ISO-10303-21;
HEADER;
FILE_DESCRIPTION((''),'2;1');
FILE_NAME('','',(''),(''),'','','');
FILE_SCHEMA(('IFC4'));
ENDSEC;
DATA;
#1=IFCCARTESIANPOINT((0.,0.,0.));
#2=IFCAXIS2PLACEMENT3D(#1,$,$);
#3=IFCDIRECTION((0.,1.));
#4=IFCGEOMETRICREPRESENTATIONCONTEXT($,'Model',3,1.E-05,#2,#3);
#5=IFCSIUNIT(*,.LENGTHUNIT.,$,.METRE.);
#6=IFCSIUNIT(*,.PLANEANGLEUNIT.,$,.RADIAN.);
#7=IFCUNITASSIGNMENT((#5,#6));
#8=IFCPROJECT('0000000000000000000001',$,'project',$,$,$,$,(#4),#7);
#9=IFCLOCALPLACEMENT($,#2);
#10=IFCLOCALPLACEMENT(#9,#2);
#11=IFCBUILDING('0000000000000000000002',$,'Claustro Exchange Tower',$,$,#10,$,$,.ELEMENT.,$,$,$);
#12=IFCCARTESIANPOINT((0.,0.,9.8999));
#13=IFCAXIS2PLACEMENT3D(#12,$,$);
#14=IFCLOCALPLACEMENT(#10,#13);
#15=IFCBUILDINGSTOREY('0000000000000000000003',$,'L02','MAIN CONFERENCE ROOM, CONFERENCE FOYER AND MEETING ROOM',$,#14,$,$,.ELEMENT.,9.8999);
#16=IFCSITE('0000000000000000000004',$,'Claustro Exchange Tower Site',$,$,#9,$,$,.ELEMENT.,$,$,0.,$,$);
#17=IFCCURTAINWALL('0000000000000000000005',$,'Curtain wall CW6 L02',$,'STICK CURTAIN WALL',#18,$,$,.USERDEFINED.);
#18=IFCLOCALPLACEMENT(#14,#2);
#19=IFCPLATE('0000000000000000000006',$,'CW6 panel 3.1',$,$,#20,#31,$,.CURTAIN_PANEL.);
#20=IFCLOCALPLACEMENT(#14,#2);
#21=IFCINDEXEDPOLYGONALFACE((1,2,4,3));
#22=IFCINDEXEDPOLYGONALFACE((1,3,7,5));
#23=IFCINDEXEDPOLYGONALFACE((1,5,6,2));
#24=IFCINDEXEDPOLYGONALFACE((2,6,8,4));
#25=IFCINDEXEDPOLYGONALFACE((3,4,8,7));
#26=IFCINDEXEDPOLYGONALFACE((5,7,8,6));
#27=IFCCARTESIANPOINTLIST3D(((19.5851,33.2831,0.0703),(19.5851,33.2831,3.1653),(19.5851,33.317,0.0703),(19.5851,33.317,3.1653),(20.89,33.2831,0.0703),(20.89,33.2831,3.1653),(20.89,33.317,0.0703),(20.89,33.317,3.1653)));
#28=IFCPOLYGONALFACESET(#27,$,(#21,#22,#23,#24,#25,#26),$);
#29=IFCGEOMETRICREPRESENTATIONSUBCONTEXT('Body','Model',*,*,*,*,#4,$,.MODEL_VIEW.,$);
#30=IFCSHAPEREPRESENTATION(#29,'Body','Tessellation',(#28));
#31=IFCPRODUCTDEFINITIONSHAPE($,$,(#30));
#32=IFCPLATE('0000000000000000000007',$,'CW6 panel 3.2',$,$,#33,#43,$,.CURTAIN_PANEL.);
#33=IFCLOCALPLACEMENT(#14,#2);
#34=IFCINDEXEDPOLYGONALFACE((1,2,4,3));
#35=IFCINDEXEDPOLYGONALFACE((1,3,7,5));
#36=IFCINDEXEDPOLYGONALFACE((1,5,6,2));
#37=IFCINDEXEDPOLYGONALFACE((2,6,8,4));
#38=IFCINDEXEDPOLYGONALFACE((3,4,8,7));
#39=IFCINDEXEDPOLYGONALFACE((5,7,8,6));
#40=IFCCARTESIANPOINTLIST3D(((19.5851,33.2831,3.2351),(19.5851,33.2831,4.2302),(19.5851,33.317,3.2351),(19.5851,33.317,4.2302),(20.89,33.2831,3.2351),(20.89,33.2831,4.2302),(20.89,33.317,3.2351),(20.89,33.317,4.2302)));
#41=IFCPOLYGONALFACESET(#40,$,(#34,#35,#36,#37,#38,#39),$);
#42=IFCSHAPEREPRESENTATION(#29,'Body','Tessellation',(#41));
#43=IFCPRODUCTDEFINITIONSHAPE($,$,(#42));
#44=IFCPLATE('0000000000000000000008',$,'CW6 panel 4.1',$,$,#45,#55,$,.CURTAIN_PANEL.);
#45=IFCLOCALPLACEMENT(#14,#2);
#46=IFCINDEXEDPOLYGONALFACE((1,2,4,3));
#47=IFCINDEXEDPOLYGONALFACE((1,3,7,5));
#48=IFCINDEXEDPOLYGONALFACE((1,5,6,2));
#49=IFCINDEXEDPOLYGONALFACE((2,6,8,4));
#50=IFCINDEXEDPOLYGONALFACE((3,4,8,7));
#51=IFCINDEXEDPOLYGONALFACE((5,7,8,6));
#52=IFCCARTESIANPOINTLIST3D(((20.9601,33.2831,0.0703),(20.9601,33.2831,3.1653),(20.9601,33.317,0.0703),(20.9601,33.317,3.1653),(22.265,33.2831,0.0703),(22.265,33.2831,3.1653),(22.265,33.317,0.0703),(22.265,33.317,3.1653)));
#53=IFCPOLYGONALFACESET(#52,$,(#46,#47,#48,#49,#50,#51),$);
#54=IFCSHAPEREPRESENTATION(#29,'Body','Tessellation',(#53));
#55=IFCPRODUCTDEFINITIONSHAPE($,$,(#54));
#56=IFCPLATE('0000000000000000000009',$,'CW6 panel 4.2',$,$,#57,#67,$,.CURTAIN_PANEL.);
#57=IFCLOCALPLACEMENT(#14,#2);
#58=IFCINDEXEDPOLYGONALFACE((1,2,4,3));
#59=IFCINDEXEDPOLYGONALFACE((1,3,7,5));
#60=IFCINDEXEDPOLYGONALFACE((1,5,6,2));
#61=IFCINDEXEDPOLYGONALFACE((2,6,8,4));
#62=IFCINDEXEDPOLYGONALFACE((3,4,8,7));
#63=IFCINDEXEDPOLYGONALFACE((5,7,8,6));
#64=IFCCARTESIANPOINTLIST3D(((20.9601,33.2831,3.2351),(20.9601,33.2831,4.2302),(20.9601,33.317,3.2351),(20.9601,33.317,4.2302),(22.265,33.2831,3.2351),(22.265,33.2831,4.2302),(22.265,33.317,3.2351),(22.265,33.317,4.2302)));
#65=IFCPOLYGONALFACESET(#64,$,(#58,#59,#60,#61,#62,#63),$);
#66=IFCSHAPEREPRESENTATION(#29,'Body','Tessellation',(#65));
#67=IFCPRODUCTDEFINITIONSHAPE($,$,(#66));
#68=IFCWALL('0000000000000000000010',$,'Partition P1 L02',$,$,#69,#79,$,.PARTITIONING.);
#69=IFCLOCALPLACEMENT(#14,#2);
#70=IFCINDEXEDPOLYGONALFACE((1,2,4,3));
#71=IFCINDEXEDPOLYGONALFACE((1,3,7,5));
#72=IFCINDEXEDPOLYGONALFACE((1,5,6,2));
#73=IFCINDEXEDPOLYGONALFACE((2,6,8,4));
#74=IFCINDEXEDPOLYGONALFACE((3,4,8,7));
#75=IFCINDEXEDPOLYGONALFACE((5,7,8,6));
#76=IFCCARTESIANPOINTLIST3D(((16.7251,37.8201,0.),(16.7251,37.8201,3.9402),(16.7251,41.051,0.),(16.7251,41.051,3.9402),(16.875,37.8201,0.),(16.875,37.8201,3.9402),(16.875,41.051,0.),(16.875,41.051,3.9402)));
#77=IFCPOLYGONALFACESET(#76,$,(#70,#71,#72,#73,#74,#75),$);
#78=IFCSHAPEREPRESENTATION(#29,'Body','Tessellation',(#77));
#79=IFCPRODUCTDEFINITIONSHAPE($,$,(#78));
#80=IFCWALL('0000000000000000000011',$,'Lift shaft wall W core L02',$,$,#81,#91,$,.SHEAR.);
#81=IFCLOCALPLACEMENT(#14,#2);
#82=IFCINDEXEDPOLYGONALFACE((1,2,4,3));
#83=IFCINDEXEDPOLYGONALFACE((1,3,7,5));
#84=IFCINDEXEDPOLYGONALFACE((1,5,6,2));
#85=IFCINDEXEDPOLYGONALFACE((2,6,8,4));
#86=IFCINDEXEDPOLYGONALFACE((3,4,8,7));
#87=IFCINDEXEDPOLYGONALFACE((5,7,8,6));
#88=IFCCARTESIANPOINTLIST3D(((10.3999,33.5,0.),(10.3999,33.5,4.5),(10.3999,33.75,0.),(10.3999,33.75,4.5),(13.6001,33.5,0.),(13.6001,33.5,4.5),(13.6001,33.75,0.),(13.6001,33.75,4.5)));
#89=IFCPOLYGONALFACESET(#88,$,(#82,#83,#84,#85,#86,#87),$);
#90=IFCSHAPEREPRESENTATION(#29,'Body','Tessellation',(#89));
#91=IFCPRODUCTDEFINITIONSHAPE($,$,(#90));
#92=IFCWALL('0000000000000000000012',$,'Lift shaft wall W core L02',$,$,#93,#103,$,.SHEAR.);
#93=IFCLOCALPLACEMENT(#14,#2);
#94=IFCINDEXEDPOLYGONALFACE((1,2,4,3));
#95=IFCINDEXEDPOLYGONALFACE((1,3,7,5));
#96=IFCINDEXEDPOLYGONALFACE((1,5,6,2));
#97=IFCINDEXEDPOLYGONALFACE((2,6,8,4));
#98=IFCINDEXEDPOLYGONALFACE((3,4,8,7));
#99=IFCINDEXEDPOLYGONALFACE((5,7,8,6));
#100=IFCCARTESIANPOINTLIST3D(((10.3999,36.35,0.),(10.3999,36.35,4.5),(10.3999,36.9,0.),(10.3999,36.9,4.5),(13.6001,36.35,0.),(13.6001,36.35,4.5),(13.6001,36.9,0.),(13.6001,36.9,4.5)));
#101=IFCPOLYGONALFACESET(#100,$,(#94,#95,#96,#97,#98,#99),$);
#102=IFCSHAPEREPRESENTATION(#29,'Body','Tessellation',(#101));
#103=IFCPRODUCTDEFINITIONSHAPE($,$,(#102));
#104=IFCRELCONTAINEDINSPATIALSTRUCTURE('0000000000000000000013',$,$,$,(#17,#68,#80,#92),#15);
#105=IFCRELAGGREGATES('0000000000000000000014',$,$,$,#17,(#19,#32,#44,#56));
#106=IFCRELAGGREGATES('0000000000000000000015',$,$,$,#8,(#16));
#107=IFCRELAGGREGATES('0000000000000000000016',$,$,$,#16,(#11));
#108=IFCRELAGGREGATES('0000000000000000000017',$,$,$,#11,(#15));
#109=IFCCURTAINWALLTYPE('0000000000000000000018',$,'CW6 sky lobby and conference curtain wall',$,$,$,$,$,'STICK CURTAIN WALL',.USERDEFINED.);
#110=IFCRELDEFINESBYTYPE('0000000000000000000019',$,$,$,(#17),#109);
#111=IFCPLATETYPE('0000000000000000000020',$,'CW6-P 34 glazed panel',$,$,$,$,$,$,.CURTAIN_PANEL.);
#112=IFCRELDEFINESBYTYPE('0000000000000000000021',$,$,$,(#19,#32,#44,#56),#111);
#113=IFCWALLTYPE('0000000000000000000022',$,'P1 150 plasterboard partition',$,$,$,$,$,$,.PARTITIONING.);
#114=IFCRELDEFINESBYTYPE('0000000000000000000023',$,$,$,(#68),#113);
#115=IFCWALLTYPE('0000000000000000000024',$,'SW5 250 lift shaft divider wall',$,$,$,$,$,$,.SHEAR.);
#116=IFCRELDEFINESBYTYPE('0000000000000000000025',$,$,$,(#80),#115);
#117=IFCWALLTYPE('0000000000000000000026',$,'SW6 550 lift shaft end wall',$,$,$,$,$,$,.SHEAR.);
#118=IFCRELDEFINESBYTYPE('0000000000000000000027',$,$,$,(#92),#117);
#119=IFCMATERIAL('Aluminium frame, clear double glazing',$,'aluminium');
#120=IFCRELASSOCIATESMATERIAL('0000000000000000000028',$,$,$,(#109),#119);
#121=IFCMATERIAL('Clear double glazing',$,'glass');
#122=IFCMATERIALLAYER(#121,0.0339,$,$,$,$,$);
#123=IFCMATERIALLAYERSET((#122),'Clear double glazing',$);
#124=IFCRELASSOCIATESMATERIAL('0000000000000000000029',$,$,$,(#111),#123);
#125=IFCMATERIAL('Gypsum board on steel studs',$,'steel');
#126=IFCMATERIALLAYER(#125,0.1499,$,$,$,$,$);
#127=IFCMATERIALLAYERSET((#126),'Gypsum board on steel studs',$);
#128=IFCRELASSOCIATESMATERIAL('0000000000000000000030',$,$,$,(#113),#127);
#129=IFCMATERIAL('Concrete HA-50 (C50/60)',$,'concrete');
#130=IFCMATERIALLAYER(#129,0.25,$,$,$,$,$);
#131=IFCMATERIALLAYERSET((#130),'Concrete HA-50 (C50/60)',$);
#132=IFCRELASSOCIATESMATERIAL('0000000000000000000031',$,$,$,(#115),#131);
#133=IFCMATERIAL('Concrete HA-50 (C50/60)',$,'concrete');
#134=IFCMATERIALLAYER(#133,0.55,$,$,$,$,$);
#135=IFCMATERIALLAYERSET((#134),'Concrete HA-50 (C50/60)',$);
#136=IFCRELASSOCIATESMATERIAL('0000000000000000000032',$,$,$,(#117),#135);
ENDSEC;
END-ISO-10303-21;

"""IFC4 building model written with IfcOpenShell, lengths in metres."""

from ifc_helpers import new_model, si_unit, direction, frame, frame_2d, origin, origin_2d, place, context, subcontext, project, spatial, rectangle, extrude, material, layer, layer_set, type_object, element, aggregate, save


model = new_model("IFC4")

# Units and contexts
model_context = context("Model", 3, precision=1e-05, world=origin(), true_north=direction((0.0, 1.0)))
body_context = subcontext(model_context, "Body", "Model", "MODEL_VIEW")
ifc_project = project(units=[si_unit("LENGTHUNIT", "METRE"), si_unit("PLANEANGLEUNIT", "RADIAN")], contexts=[model_context])

# Site, building, storey
site_placement = place(None, origin())
site = spatial("IfcSite", under=ifc_project, at=site_placement, Name="Claustro Exchange Tower Site", CompositionType="ELEMENT", RefElevation=0.0)
building_placement = place(site_placement, origin())
building = spatial("IfcBuilding", under=site, at=building_placement, Name="Claustro Exchange Tower", CompositionType="ELEMENT")
storey_placement = place(building_placement, frame((0.0, 0.0, 9.8999)))
storey = spatial("IfcBuildingStorey", under=building, at=storey_placement, Name="L02", Description="MAIN CONFERENCE ROOM, CONFERENCE FOYER AND MEETING ROOM", CompositionType="ELEMENT", Elevation=9.8999)

# Curtain wall, plates
ifc_material_1 = material(Name="Aluminium frame, clear double glazing", Category="aluminium")
curtain_wall_type = type_object("IfcCurtainWallType", Name="CW6 sky lobby and conference curtain wall", ElementType="STICK CURTAIN WALL", PredefinedType="USERDEFINED", material=ifc_material_1)
curtain_wall_placement = place(storey_placement, origin())
curtain_wall = element("IfcCurtainWall", 1, at=curtain_wall_placement, inside=storey, type_object=curtain_wall_type, Name="Curtain wall CW6 L02", ObjectType="STICK CURTAIN WALL", PredefinedType="USERDEFINED")
ifc_material_2 = material(Name="Clear double glazing", Category="glass")
ifc_layer_1 = layer(ifc_material_2, 0.0339)
ifc_layer_set_1 = layer_set([ifc_layer_1], Name="Clear double glazing")
plate_type = type_object("IfcPlateType", Name="CW6-P 34 glazed panel", PredefinedType="CURTAIN_PANEL", material=ifc_layer_set_1)
plate_1_placement = place(storey_placement, frame((20.2375, 33.3, 0.0703), z_axis=(0.0, 0.0, 1.0), x_axis=(1.0, 0.0, 0.0)))
plate_1 = element("IfcPlate", 2, at=plate_1_placement, type_object=plate_type, Name="CW6 panel 3.1", PredefinedType="CURTAIN_PANEL", context=body_context, shape_type="SweptSolid", body=[
    extrude(rectangle(XDim=1.3049, YDim=0.0339, at=origin_2d()), origin(), (0.0, 0.0, 1.0), 3.095),
])
plate_2_placement = place(storey_placement, frame((20.2375, 33.3, 3.2351), z_axis=(0.0, 0.0, 1.0), x_axis=(1.0, 0.0, 0.0)))
plate_2 = element("IfcPlate", 3, at=plate_2_placement, type_object=plate_type, Name="CW6 panel 3.2", PredefinedType="CURTAIN_PANEL", context=body_context, shape_type="SweptSolid", body=[
    extrude(rectangle(XDim=1.3049, YDim=0.0339, at=origin_2d()), origin(), (0.0, 0.0, 1.0), 0.9951),
])
plate_3_placement = place(storey_placement, frame((21.6125, 33.3, 0.0703), z_axis=(0.0, 0.0, 1.0), x_axis=(1.0, 0.0, 0.0)))
plate_3 = element("IfcPlate", 4, at=plate_3_placement, type_object=plate_type, Name="CW6 panel 4.1", PredefinedType="CURTAIN_PANEL", context=body_context, shape_type="SweptSolid", body=[
    extrude(rectangle(XDim=1.3049, YDim=0.0339, at=origin_2d()), origin(), (0.0, 0.0, 1.0), 3.095),
])
plate_4_placement = place(storey_placement, frame((21.6125, 33.3, 3.2351), z_axis=(0.0, 0.0, 1.0), x_axis=(1.0, 0.0, 0.0)))
plate_4 = element("IfcPlate", 5, at=plate_4_placement, type_object=plate_type, Name="CW6 panel 4.2", PredefinedType="CURTAIN_PANEL", context=body_context, shape_type="SweptSolid", body=[
    extrude(rectangle(XDim=1.3049, YDim=0.0339, at=origin_2d()), origin(), (0.0, 0.0, 1.0), 0.9951),
])
aggregate(curtain_wall, [plate_1, plate_2, plate_3, plate_4])

# Walls
ifc_material_3 = material(Name="Gypsum board on steel studs", Category="steel")
ifc_layer_2 = layer(ifc_material_3, 0.1499)
ifc_layer_set_2 = layer_set([ifc_layer_2], Name="Gypsum board on steel studs")
wall_type_1 = type_object("IfcWallType", Name="P1 150 plasterboard partition", PredefinedType="PARTITIONING", material=ifc_layer_set_2)
wall_1_placement = place(storey_placement, frame((16.8, 37.8201, 0.0), z_axis=(0.0, 0.0, 1.0), x_axis=(0.0, 1.0, 0.0)))
element("IfcWall", 6, at=wall_1_placement, inside=storey, type_object=wall_type_1, Name="Partition P1 L02", PredefinedType="PARTITIONING", context=body_context, shape_type="SweptSolid", body=[
    extrude(rectangle(XDim=3.231, YDim=0.1499, at=frame_2d((1.6155, 0.0))), origin(), (0.0, 0.0, 1.0), 3.9402),
])
ifc_material_4 = material(Name="Concrete HA-50 (C50/60)", Category="concrete")
ifc_layer_3 = layer(ifc_material_4, 0.25)
ifc_layer_set_3 = layer_set([ifc_layer_3], Name="Concrete HA-50 (C50/60)")
wall_type_2 = type_object("IfcWallType", Name="SW5 250 lift shaft divider wall", PredefinedType="SHEAR", material=ifc_layer_set_3)
wall_2_placement = place(storey_placement, frame((10.3999, 33.625, 0.0), z_axis=(0.0, 0.0, 1.0), x_axis=(1.0, 0.0, 0.0)))
element("IfcWall", 7, at=wall_2_placement, inside=storey, type_object=wall_type_2, Name="Lift shaft wall W core L02", PredefinedType="SHEAR", context=body_context, shape_type="SweptSolid", body=[
    extrude(rectangle(XDim=3.2002, YDim=0.25, at=frame_2d((1.6001, 0.0))), origin(), (0.0, 0.0, 1.0), 4.5),
])
ifc_material_5 = material(Name="Concrete HA-50 (C50/60)", Category="concrete")
ifc_layer_4 = layer(ifc_material_5, 0.55)
ifc_layer_set_4 = layer_set([ifc_layer_4], Name="Concrete HA-50 (C50/60)")
wall_type_3 = type_object("IfcWallType", Name="SW6 550 lift shaft end wall", PredefinedType="SHEAR", material=ifc_layer_set_4)
wall_3_placement = place(storey_placement, frame((10.3999, 36.625, 0.0), z_axis=(0.0, 0.0, 1.0), x_axis=(1.0, 0.0, 0.0)))
element("IfcWall", 8, at=wall_3_placement, inside=storey, type_object=wall_type_3, Name="Lift shaft wall W core L02", PredefinedType="SHEAR", context=body_context, shape_type="SweptSolid", body=[
    extrude(rectangle(XDim=3.2002, YDim=0.55, at=frame_2d((1.6001, 0.0))), origin(), (0.0, 0.0, 1.0), 4.5),
])

save(model, "model.ifc")
